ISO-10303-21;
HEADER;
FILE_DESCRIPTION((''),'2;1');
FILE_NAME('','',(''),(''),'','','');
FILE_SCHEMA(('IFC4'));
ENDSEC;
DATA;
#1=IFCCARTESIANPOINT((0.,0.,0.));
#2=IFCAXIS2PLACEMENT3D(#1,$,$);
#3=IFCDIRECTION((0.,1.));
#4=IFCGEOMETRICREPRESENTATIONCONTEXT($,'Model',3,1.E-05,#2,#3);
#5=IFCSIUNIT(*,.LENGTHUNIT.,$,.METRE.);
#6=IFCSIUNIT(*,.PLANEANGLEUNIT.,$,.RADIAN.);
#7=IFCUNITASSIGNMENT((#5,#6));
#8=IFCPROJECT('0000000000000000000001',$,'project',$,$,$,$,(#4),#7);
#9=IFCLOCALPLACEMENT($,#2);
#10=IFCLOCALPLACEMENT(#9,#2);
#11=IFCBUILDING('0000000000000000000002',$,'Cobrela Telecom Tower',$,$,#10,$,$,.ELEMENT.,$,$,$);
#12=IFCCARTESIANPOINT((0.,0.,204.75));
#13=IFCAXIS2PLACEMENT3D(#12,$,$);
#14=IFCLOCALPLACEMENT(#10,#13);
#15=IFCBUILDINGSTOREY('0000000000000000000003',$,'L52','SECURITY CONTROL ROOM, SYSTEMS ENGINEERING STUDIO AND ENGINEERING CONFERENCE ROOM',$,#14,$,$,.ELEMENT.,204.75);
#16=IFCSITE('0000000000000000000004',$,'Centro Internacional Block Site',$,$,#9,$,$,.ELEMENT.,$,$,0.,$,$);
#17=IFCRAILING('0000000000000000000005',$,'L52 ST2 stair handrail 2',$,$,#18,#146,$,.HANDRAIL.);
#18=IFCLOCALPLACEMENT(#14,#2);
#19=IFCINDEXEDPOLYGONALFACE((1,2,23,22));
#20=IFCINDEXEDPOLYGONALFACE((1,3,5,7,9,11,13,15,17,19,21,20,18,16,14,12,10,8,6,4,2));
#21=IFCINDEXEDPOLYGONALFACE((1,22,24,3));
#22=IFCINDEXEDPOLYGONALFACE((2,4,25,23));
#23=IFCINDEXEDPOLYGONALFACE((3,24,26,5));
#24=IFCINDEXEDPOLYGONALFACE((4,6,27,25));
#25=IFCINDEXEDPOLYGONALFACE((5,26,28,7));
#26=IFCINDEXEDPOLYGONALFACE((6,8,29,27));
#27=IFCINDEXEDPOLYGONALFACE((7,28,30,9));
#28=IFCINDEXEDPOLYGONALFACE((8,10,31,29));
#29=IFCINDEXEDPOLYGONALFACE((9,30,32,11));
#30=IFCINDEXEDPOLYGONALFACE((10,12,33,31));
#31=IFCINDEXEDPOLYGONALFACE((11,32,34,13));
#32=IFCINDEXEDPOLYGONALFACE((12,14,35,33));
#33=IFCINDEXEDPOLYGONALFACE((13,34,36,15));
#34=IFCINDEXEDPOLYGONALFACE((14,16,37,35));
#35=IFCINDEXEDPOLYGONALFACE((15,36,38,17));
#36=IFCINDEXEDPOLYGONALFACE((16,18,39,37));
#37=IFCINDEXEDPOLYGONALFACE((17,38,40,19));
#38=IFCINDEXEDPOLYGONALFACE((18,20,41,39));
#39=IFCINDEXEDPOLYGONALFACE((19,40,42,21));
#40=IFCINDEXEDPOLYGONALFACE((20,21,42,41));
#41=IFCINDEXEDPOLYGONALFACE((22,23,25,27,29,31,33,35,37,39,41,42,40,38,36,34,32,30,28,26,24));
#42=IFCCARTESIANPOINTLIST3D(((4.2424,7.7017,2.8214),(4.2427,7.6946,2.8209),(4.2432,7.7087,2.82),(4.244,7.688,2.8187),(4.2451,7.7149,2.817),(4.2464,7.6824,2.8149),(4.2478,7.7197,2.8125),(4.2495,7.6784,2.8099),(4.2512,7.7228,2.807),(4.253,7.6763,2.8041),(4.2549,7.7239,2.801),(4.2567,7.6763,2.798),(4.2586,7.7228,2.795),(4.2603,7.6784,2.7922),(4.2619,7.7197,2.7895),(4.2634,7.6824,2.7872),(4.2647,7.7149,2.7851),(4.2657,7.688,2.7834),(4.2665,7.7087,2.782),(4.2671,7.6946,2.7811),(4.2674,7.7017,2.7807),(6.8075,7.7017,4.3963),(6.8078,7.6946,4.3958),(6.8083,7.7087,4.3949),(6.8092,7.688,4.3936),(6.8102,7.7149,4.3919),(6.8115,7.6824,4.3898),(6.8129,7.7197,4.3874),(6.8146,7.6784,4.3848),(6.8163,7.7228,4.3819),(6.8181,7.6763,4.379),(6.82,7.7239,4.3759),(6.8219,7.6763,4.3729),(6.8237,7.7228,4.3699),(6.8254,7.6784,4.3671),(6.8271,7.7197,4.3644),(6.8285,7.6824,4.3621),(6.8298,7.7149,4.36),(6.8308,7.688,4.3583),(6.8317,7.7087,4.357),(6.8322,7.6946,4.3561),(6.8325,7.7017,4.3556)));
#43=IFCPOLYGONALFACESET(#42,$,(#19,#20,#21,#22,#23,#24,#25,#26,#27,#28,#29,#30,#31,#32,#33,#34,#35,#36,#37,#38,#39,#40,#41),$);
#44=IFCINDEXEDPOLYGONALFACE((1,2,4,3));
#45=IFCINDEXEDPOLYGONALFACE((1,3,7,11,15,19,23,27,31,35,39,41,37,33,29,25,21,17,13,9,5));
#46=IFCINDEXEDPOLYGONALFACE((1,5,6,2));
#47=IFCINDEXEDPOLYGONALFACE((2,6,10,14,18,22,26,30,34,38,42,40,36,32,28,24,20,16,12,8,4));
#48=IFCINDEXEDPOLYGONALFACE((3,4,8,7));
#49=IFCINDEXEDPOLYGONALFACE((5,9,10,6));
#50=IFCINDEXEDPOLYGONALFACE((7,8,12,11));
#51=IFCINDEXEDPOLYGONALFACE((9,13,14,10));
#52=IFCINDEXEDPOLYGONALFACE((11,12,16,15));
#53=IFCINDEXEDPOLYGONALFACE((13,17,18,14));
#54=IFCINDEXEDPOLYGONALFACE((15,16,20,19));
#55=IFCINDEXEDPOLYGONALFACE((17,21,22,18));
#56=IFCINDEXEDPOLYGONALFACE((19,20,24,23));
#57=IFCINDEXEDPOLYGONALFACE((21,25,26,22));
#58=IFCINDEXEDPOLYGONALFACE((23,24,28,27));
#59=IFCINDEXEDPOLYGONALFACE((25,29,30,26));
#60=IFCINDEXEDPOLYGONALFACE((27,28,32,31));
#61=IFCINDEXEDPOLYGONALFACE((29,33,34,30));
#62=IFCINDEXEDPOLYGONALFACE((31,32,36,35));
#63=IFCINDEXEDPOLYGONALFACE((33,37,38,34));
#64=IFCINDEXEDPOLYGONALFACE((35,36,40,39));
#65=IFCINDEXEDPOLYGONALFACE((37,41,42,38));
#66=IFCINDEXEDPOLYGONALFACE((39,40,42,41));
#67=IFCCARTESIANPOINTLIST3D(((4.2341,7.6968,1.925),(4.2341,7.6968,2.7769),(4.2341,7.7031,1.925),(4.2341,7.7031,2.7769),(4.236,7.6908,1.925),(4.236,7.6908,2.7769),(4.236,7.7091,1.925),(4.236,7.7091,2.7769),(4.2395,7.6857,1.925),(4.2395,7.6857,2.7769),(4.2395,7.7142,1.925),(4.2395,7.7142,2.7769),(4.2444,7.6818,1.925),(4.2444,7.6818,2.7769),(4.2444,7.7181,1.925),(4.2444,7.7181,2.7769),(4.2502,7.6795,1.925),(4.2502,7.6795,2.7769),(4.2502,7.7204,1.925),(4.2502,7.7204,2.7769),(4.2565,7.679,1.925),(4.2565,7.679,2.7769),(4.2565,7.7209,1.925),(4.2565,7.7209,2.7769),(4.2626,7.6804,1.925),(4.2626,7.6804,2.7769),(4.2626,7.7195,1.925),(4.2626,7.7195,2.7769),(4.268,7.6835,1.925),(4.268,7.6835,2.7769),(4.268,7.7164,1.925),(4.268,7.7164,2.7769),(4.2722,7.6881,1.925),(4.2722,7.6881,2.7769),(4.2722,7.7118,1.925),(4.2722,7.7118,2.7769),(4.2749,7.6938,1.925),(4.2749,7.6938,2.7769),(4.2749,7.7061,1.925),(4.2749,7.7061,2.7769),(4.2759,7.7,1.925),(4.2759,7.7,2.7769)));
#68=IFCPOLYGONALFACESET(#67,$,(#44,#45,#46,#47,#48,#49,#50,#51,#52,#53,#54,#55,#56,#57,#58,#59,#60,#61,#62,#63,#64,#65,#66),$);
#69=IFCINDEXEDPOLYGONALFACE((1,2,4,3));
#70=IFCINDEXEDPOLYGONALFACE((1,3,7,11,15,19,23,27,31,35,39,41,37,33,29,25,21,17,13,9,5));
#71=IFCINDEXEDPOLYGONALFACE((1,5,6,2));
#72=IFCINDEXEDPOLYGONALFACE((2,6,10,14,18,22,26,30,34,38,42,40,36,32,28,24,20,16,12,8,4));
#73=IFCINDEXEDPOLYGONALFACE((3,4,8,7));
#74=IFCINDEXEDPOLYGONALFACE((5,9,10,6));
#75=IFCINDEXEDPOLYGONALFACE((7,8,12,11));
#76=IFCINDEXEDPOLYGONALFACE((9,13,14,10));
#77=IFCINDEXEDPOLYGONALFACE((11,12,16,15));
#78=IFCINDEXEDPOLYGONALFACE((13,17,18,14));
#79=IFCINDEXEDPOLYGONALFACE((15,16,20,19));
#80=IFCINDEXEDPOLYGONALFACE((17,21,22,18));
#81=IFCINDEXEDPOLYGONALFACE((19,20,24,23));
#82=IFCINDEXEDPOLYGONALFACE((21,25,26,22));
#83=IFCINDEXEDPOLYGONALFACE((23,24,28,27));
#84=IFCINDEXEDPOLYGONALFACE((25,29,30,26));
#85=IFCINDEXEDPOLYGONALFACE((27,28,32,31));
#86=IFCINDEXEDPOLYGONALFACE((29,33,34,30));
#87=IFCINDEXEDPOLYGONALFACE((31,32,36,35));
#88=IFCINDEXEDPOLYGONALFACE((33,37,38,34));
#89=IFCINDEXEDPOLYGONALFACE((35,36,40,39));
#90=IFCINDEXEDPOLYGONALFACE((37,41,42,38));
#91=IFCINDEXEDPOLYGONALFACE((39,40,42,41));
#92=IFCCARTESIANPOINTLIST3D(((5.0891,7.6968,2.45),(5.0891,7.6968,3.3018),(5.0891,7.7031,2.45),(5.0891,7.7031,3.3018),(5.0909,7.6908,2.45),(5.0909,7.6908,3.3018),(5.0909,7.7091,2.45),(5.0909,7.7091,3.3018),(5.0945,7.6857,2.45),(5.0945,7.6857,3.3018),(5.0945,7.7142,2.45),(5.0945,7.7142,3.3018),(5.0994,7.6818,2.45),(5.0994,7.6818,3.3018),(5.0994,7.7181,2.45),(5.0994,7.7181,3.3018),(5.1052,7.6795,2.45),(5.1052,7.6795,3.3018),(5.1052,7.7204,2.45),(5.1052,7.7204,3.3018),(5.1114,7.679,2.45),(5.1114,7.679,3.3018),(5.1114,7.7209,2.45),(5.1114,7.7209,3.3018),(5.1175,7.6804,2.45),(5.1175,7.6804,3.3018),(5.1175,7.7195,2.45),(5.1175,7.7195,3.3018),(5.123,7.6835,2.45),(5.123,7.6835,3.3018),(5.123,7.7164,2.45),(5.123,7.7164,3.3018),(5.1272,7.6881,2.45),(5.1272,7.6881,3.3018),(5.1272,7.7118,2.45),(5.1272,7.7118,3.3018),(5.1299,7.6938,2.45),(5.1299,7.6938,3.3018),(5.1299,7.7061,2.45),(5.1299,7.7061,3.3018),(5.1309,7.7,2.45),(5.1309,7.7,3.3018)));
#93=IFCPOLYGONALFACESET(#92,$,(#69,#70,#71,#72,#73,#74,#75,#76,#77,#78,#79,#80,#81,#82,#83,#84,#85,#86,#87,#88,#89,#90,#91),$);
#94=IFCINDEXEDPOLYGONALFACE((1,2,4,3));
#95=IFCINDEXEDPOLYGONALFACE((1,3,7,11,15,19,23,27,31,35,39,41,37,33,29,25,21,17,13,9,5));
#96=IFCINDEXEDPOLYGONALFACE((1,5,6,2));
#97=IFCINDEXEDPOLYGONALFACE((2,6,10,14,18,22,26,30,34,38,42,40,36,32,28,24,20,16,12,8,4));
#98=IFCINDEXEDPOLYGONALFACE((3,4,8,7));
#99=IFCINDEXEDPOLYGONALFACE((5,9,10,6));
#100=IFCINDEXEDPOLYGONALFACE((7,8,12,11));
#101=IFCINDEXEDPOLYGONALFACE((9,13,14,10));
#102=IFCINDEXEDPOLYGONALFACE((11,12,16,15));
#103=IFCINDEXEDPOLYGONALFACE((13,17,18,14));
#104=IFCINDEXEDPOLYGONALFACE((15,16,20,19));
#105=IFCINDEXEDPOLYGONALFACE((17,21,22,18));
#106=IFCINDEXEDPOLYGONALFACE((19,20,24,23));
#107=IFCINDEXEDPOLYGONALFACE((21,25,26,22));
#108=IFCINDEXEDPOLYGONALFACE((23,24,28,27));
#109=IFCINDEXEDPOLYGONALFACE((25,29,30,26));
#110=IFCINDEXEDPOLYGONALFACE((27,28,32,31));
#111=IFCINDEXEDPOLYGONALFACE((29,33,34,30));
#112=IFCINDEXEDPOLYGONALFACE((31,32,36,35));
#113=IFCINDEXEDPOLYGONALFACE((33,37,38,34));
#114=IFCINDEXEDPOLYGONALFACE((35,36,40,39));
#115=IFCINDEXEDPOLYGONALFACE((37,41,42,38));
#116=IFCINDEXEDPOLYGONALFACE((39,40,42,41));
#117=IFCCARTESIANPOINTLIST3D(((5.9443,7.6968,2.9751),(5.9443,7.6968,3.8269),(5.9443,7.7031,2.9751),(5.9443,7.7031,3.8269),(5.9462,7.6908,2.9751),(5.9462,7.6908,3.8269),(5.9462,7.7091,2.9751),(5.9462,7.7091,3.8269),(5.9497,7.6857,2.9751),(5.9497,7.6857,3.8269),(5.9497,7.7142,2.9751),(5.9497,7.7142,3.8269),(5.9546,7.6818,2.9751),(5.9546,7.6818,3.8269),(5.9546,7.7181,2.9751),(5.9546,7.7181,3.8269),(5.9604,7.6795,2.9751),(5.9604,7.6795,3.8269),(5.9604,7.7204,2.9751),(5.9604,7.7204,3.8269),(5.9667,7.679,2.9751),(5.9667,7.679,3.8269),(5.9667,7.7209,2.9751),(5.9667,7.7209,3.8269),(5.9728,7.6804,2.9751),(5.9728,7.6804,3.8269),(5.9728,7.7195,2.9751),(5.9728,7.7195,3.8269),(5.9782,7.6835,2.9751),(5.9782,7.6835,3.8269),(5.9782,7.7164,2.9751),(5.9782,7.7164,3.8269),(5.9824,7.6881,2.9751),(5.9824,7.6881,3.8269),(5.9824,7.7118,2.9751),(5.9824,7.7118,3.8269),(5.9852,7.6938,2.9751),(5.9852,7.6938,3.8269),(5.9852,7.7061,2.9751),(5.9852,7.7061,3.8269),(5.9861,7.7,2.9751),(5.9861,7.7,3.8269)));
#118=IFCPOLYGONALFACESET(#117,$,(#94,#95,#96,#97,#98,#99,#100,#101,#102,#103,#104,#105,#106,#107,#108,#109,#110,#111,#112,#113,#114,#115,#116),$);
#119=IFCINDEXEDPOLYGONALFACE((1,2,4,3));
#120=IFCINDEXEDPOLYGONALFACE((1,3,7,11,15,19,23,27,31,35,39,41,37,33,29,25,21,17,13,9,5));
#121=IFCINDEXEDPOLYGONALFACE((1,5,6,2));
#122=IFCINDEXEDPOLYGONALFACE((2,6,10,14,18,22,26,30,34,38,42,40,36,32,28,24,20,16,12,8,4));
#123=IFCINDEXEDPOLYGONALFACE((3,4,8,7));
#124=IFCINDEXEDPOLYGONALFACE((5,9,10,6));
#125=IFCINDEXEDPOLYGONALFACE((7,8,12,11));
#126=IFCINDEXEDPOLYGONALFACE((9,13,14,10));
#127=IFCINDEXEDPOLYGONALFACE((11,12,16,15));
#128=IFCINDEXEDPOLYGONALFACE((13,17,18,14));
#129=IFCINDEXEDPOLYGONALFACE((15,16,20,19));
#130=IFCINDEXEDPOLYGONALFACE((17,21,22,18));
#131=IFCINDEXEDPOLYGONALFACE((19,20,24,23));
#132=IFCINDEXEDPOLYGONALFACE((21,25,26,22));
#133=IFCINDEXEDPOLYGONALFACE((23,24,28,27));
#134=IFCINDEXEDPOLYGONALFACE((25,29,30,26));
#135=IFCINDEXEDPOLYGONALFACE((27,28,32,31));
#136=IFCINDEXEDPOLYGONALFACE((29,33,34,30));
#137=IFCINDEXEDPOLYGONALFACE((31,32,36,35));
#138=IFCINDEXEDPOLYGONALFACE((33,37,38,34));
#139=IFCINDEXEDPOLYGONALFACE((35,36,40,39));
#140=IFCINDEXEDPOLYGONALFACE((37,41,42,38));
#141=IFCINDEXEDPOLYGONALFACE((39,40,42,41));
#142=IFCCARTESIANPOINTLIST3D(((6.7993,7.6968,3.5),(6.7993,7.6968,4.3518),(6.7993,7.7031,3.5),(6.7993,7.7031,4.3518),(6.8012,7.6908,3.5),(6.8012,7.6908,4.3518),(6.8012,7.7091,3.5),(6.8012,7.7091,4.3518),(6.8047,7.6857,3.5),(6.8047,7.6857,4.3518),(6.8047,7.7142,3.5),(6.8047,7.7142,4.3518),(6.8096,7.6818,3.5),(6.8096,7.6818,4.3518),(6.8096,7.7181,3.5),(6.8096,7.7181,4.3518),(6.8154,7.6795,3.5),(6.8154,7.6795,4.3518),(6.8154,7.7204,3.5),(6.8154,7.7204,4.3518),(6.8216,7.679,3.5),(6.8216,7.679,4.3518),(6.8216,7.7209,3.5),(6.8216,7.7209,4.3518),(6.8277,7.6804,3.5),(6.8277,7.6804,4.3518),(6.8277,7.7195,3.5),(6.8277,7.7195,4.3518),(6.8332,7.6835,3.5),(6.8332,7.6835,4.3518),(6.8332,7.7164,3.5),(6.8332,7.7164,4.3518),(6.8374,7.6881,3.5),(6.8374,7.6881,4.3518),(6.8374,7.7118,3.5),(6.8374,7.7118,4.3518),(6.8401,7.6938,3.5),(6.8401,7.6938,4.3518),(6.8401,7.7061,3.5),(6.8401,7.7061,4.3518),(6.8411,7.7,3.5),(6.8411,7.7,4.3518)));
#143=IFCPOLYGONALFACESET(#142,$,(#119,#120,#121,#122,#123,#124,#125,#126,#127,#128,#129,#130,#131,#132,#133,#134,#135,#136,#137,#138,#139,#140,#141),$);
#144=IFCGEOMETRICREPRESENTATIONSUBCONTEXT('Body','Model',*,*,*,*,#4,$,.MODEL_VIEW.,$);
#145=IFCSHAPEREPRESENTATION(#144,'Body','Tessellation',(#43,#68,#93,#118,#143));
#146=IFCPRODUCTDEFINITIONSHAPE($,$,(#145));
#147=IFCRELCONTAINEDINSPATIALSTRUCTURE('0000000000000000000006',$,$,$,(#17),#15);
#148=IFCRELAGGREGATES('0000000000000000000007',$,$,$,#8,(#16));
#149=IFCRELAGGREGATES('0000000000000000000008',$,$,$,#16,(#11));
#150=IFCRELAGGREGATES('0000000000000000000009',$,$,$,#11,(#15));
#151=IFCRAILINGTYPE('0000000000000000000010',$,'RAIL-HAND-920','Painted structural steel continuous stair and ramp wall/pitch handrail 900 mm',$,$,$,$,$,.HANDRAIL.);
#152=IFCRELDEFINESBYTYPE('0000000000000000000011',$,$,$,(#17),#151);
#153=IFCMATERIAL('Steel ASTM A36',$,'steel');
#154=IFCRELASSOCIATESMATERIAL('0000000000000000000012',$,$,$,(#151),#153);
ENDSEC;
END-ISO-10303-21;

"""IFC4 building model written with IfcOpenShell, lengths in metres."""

from ifc_helpers import new_model, si_unit, direction, frame, origin, origin_2d, place, context, subcontext, project, spatial, circle, extrude, material, type_object, element, save


model = new_model("IFC4")

# Units and contexts
model_context = context("Model", 3, precision=1e-05, world=origin(), true_north=direction((0.0, 1.0)))
body_context = subcontext(model_context, "Body", "Model", "MODEL_VIEW")
ifc_project = project(units=[si_unit("LENGTHUNIT", "METRE"), si_unit("PLANEANGLEUNIT", "RADIAN")], contexts=[model_context])

# Site, building, storey
site_placement = place(None, origin())
site = spatial("IfcSite", under=ifc_project, at=site_placement, Name="Centro Internacional Block Site", CompositionType="ELEMENT", RefElevation=0.0)
building_placement = place(site_placement, origin())
building = spatial("IfcBuilding", under=site, at=building_placement, Name="Cobrela Telecom Tower", CompositionType="ELEMENT")
storey_placement = place(building_placement, frame((0.0, 0.0, 204.75)))
storey = spatial("IfcBuildingStorey", under=building, at=storey_placement, Name="L52", Description="SECURITY CONTROL ROOM, SYSTEMS ENGINEERING STUDIO AND ENGINEERING CONFERENCE ROOM", CompositionType="ELEMENT", Elevation=204.75)

# Railing
ifc_material_1 = material(Name="Steel ASTM A36", Category="steel")
railing_type_1 = type_object("IfcRailingType", Name="RAIL-HAND-920", Description="Painted structural steel continuous stair and ramp wall/pitch handrail 900 mm", PredefinedType="HANDRAIL", material=ifc_material_1)
railing_1_placement = place(storey_placement, frame((4.2549, 7.7, 1.925)))
element("IfcRailing", 1, at=railing_1_placement, inside=storey, type_object=railing_type_1, Name="L52 ST2 stair handrail 2", PredefinedType="HANDRAIL", context=body_context, shape_type="SweptSolid", body=[
    extrude(circle(Radius=0.0239, at=origin_2d()), frame((0.0, 0.0, 0.876), z_axis=(0.852195, 0.0, 0.523224), x_axis=(0.0, 1.0, 0.0)), (0.0, 0.0, 1.0), 3.01),
    extrude(circle(Radius=0.021, at=origin_2d()), origin(), (0.0, 0.0, 1.0), 0.8518),
    extrude(circle(Radius=0.021, at=origin_2d()), frame((0.855, 0.0, 0.5249)), (0.0, 0.0, 1.0), 0.8518),
    extrude(circle(Radius=0.021, at=origin_2d()), frame((1.7102, 0.0, 1.05)), (0.0, 0.0, 1.0), 0.8518),
    extrude(circle(Radius=0.021, at=origin_2d()), frame((2.5652, 0.0, 1.575)), (0.0, 0.0, 1.0), 0.8518),
])

save(model, "model.ifc")
